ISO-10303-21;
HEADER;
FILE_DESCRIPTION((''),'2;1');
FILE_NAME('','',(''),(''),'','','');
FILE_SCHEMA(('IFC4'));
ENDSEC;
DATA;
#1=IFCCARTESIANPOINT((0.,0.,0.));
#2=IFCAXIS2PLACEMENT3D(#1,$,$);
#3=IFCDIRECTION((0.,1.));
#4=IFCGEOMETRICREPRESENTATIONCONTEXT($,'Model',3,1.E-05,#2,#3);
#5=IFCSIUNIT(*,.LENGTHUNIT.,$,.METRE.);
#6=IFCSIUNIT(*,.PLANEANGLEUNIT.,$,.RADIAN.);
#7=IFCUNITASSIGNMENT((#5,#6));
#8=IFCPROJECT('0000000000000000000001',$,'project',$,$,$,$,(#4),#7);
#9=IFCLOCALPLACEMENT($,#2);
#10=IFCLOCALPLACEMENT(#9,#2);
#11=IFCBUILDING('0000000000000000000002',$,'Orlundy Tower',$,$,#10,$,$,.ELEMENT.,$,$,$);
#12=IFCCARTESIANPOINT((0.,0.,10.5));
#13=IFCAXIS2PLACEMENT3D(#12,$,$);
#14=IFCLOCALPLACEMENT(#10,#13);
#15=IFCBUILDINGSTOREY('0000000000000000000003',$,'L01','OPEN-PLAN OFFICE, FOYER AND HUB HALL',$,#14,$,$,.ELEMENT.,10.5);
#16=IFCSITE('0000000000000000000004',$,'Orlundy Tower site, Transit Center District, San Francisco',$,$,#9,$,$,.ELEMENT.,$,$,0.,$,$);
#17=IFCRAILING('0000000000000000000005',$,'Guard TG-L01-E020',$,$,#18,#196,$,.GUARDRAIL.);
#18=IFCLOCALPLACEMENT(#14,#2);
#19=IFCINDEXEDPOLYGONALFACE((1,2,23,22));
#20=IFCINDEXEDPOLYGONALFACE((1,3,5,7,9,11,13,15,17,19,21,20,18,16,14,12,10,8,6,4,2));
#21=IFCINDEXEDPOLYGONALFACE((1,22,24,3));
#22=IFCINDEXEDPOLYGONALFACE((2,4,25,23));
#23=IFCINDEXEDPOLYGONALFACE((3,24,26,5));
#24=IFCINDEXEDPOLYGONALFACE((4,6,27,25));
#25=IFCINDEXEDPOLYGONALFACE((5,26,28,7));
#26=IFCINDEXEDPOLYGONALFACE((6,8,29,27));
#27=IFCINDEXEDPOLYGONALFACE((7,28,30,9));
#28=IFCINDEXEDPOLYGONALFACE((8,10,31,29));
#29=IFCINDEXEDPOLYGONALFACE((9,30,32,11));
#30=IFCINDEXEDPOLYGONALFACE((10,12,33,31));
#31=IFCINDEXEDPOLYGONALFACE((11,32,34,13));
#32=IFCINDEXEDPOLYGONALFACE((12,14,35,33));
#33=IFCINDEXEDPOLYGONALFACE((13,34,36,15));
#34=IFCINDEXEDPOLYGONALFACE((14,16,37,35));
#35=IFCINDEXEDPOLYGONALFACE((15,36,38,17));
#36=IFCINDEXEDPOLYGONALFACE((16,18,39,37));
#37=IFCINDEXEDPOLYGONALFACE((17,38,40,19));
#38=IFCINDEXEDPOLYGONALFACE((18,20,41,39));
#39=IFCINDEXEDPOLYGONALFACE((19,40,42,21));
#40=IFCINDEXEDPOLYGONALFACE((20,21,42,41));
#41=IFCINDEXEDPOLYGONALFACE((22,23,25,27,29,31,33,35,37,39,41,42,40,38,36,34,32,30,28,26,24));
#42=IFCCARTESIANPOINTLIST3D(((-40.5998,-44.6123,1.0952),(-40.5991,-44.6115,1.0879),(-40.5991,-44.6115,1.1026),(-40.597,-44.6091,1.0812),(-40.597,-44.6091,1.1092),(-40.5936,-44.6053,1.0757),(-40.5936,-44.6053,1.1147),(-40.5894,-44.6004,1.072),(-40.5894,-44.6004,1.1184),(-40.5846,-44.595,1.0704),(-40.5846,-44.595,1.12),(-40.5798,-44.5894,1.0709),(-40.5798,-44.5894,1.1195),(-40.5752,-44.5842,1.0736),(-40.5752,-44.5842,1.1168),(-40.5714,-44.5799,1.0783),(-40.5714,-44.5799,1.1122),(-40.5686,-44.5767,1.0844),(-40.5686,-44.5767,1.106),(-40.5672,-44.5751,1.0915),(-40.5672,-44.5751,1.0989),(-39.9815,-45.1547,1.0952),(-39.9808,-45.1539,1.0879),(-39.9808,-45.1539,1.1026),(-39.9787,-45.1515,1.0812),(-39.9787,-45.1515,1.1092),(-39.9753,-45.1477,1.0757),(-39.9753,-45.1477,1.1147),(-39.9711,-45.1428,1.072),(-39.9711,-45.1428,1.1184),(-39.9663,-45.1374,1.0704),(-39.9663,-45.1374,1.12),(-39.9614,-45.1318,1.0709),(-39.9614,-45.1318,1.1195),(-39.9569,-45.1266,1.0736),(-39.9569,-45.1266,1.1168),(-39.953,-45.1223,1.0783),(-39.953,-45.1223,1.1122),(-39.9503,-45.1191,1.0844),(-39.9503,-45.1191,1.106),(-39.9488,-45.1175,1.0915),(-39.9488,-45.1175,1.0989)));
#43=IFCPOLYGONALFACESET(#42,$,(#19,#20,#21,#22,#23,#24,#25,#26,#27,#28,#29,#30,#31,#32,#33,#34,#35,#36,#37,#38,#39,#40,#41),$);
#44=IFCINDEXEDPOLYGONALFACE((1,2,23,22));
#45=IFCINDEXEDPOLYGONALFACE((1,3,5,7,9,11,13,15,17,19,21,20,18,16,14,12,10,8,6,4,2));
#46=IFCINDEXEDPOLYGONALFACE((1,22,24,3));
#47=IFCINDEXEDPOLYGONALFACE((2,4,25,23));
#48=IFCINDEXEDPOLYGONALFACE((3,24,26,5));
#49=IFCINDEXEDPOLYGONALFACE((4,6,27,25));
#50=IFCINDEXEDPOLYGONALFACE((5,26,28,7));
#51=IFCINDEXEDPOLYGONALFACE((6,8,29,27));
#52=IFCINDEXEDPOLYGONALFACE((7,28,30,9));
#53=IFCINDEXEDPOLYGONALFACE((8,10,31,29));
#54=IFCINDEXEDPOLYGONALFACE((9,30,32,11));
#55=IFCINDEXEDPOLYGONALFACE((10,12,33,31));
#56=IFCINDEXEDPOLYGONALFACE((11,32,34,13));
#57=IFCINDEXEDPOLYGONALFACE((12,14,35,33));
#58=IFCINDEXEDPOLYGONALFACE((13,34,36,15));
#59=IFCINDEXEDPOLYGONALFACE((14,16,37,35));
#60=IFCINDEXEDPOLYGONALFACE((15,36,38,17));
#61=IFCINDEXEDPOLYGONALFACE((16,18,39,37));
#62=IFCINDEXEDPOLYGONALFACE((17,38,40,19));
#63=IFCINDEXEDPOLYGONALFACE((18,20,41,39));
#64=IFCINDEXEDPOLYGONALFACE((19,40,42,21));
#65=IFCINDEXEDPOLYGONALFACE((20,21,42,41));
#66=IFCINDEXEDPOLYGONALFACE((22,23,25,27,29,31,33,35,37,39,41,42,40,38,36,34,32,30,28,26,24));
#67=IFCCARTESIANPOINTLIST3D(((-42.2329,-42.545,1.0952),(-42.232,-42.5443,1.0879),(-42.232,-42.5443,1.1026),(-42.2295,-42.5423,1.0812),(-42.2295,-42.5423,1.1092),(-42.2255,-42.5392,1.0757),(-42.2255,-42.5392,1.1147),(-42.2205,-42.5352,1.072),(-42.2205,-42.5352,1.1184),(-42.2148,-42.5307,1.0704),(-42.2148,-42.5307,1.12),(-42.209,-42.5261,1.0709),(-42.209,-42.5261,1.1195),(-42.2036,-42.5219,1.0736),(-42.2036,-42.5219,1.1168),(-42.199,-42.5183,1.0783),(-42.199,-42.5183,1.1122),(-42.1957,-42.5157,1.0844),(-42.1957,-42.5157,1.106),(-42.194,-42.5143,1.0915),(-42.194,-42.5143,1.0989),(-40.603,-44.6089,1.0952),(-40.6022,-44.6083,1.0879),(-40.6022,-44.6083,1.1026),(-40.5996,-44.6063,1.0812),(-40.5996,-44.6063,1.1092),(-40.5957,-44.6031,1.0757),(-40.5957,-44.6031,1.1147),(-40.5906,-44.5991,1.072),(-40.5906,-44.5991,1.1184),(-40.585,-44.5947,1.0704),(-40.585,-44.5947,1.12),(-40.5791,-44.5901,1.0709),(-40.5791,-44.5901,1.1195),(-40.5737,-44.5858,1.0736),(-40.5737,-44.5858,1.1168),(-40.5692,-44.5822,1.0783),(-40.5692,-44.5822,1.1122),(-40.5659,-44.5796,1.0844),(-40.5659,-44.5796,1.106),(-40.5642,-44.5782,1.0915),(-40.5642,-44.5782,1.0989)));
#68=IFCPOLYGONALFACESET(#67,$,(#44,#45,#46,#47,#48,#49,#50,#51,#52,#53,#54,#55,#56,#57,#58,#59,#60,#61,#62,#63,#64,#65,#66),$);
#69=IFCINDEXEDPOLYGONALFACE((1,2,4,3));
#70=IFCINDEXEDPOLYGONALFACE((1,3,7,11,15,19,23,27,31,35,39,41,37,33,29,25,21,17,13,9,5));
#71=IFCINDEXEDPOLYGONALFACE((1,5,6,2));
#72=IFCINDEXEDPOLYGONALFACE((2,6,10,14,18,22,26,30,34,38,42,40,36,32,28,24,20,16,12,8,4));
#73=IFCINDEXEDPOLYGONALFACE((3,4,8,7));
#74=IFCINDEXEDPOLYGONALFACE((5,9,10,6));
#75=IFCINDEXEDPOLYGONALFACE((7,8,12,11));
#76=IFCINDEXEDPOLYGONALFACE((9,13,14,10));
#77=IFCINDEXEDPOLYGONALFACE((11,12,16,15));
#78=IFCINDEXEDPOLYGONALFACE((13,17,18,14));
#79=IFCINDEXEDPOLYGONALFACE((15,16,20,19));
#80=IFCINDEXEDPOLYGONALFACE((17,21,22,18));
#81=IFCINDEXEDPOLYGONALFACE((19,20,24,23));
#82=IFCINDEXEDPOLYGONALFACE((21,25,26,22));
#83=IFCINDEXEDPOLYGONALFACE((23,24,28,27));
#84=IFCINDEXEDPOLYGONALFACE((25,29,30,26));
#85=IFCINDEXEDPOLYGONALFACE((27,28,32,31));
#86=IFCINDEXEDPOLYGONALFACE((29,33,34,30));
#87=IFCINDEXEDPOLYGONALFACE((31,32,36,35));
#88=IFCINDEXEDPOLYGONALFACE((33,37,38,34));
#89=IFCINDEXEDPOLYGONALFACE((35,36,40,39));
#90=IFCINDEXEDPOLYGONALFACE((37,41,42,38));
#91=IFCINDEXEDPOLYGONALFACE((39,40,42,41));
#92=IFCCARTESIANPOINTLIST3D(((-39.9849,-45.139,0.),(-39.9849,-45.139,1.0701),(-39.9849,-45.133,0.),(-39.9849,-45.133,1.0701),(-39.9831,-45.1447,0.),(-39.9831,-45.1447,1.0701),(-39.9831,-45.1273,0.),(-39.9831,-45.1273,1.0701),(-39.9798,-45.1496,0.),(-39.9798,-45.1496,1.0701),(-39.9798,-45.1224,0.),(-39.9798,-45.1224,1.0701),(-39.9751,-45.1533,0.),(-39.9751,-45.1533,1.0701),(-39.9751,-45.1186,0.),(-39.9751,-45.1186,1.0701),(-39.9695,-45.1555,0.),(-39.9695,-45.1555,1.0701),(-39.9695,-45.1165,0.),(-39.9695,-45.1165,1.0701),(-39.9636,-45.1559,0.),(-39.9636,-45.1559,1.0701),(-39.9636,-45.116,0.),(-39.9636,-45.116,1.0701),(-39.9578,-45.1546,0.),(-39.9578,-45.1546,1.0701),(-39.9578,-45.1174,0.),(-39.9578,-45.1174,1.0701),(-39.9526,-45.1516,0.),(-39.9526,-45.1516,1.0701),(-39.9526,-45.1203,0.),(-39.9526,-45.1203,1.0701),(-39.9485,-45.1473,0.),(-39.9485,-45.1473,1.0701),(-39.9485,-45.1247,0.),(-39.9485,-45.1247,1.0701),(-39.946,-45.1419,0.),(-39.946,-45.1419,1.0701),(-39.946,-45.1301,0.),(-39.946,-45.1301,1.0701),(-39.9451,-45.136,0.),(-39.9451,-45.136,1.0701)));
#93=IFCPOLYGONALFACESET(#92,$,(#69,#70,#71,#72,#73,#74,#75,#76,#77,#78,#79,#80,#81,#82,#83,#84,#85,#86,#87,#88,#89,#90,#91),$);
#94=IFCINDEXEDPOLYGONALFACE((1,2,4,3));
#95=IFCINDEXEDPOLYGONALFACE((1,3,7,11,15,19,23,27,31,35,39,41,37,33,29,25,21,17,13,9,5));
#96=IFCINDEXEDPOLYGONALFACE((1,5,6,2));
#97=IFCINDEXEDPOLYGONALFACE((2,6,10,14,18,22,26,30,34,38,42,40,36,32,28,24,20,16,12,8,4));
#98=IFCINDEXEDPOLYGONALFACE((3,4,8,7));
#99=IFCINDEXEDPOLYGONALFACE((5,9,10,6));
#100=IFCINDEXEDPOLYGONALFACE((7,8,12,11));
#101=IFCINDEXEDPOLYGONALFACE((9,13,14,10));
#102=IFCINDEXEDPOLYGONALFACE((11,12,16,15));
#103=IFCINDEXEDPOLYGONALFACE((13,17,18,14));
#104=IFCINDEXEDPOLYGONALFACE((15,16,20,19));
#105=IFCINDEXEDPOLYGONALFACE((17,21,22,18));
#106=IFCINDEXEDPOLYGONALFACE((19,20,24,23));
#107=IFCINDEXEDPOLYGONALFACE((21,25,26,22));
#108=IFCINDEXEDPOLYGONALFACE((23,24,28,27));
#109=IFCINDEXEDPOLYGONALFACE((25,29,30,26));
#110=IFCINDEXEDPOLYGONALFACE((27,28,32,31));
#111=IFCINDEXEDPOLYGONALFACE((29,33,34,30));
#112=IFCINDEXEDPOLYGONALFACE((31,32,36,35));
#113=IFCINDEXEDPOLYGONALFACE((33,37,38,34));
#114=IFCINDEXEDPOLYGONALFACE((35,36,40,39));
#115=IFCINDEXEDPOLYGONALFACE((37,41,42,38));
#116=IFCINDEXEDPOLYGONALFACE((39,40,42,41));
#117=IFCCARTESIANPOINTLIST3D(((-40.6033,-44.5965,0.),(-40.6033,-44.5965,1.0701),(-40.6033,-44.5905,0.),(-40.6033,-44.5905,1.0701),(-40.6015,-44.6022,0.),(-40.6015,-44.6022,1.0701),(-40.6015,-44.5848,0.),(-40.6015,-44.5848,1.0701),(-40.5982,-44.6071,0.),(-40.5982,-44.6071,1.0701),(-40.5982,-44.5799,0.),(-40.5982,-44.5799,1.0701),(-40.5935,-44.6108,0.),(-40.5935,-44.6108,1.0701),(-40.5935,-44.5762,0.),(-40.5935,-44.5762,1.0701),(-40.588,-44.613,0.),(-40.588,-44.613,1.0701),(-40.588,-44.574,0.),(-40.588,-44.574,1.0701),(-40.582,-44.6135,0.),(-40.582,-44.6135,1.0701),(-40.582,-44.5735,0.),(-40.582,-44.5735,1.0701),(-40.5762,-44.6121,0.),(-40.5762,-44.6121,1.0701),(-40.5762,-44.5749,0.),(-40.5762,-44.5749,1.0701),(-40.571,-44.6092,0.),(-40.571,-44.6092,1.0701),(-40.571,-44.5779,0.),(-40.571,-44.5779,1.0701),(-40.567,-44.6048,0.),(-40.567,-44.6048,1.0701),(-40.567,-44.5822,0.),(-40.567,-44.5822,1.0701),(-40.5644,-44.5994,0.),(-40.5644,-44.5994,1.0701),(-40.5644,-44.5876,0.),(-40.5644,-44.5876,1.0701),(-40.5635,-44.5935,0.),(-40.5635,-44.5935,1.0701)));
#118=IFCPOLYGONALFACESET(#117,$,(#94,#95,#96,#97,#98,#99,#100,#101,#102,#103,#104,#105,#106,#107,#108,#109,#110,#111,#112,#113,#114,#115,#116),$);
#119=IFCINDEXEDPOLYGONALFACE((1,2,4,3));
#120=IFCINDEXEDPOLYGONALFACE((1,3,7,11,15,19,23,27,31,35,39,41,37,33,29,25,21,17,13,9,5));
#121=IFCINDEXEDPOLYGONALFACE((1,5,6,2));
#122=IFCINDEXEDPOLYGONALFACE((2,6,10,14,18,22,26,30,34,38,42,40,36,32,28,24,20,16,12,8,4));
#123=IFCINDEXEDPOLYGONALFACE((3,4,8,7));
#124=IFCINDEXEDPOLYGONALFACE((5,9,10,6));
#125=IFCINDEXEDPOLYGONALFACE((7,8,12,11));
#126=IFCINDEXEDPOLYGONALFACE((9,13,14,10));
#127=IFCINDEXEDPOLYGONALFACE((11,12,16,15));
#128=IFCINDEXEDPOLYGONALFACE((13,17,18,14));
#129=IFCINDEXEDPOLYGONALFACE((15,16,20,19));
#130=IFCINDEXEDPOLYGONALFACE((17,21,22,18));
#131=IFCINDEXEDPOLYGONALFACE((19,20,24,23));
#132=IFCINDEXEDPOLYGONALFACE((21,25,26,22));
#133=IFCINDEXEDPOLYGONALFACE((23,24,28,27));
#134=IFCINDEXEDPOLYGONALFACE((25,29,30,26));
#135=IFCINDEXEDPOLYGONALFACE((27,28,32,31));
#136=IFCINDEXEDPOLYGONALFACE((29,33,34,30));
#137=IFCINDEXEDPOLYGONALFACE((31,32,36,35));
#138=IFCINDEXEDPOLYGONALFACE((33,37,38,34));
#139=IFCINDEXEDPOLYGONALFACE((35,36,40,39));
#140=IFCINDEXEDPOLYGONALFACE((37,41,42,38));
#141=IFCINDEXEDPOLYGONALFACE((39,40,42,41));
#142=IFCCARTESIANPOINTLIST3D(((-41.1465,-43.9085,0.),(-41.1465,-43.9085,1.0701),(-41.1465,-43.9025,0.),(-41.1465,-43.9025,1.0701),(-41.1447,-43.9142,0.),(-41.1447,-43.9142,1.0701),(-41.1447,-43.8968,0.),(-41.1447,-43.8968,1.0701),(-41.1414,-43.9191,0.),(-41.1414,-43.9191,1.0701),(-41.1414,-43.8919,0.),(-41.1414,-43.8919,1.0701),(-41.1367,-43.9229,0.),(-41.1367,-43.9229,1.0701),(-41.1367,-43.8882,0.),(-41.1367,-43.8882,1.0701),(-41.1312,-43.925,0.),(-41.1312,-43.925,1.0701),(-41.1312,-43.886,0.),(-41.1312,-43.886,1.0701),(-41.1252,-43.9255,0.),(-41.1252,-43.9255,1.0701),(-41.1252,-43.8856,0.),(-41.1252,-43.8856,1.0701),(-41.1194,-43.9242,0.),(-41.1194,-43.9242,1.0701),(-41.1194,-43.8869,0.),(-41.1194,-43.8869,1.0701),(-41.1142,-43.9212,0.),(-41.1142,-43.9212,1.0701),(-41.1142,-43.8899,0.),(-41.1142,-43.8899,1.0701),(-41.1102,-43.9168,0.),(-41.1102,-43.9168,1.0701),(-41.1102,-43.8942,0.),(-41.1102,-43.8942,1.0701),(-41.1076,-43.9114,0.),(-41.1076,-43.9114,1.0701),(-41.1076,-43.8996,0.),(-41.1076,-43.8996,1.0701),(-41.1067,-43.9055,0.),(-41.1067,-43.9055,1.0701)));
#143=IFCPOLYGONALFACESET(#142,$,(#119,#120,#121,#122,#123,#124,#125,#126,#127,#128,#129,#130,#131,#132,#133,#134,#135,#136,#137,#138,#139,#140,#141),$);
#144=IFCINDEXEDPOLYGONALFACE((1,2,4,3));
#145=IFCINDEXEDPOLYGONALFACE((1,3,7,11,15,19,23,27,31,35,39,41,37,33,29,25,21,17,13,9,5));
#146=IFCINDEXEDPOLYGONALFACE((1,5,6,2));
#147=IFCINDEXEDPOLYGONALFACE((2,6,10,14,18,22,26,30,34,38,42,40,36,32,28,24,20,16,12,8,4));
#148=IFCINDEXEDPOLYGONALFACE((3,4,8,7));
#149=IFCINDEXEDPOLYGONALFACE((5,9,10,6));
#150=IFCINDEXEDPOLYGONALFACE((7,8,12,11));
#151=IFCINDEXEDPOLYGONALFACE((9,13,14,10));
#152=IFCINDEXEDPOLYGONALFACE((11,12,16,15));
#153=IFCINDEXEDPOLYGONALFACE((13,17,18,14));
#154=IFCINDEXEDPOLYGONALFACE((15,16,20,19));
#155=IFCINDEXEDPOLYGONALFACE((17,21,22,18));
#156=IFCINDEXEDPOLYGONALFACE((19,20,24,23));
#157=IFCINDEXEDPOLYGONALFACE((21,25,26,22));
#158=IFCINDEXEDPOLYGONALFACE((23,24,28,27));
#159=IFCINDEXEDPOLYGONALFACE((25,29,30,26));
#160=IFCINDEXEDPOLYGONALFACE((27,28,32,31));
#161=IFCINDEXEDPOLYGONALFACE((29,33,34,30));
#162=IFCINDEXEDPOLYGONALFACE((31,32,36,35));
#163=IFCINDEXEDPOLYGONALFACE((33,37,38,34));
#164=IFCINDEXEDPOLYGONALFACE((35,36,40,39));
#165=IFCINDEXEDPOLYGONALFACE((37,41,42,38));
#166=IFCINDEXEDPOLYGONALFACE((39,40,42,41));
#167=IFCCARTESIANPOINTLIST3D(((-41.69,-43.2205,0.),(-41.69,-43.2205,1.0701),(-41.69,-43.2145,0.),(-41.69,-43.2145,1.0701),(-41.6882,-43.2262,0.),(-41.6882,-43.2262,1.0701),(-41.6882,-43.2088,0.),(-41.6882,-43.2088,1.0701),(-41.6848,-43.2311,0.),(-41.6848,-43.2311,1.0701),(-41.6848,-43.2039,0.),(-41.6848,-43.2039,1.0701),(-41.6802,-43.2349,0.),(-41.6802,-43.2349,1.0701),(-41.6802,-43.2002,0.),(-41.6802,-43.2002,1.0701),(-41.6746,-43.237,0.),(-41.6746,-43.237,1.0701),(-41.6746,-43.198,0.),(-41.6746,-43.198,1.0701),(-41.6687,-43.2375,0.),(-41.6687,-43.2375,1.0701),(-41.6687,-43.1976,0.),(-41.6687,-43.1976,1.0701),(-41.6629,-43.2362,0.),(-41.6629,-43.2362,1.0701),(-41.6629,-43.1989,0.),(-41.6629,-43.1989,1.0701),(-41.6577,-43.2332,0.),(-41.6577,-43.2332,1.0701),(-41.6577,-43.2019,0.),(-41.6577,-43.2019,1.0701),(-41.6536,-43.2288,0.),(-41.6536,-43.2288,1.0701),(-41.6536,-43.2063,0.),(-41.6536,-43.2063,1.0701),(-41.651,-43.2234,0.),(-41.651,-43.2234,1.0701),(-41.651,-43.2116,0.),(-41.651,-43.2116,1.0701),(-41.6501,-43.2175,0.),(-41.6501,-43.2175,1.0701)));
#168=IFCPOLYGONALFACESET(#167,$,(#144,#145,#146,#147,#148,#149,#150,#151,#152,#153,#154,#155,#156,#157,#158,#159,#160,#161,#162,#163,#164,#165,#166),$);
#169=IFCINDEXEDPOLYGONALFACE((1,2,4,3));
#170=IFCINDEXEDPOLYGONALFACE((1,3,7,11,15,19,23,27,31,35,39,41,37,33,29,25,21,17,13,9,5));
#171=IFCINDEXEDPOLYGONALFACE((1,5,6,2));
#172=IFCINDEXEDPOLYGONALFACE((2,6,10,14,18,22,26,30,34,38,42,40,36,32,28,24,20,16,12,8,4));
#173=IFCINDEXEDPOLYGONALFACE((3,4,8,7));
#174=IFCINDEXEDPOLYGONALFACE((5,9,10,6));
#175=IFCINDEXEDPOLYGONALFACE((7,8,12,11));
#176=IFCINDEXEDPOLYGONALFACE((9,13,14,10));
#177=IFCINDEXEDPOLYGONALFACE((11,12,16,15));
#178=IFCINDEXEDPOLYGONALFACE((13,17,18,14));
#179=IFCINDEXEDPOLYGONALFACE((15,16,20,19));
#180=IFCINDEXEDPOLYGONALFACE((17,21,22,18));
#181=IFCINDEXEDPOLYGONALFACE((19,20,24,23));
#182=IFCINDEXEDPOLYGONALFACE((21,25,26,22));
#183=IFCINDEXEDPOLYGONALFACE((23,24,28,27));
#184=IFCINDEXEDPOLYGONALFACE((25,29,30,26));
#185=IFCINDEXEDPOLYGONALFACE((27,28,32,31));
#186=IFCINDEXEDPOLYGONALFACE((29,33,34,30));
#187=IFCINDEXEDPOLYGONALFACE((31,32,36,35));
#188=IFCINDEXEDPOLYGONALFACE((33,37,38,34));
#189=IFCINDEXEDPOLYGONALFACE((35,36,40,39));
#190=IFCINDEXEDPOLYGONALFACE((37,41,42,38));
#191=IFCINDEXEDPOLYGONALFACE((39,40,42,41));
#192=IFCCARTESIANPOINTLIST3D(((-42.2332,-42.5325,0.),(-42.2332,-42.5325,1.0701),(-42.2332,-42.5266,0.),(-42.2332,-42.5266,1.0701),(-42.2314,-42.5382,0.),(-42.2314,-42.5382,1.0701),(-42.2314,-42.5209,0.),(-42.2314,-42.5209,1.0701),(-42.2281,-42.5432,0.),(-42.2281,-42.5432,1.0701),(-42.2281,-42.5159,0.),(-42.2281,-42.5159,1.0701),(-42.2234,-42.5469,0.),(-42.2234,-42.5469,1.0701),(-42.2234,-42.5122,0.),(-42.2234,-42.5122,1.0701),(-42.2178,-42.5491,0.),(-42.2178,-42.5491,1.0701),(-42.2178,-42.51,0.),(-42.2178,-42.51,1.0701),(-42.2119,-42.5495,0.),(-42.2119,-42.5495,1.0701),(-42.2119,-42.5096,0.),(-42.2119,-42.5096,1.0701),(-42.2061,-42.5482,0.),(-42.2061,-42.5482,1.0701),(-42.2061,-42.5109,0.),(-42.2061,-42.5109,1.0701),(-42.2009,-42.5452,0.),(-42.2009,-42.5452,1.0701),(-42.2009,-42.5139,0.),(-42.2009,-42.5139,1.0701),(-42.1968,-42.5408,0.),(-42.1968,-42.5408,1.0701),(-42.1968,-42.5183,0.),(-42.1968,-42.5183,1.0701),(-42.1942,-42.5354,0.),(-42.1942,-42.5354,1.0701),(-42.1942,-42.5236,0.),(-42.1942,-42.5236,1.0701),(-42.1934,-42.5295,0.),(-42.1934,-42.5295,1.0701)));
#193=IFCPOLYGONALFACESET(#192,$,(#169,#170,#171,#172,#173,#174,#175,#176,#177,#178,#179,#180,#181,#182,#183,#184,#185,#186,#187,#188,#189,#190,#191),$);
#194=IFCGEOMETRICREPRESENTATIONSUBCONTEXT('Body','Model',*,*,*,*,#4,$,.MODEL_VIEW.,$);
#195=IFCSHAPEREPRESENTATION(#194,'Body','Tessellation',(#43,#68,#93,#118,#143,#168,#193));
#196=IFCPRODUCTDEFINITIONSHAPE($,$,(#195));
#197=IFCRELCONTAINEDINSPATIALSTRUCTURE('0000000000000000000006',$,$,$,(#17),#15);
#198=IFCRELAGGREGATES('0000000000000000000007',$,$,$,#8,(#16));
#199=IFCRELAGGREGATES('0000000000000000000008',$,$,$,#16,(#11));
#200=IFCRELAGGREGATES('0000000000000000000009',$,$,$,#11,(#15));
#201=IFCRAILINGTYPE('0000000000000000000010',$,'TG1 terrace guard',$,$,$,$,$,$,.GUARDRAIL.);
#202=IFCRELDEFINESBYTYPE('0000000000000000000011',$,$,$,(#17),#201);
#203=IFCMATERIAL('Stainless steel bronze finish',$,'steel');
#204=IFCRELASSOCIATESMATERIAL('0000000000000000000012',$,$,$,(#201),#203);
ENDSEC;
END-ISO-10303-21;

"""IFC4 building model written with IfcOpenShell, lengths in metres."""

from ifc_helpers import new_model, si_unit, direction, frame, origin, origin_2d, place, context, subcontext, project, spatial, circle, extrude, material, type_object, element, save


model = new_model("IFC4")

# Units and contexts
model_context = context("Model", 3, precision=1e-05, world=origin(), true_north=direction((0.0, 1.0)))
body_context = subcontext(model_context, "Body", "Model", "MODEL_VIEW")
ifc_project = project(units=[si_unit("LENGTHUNIT", "METRE"), si_unit("PLANEANGLEUNIT", "RADIAN")], contexts=[model_context])

# Site, building, storey
site_placement = place(None, origin())
site = spatial("IfcSite", under=ifc_project, at=site_placement, Name="Orlundy Tower site, Transit Center District, San Francisco", CompositionType="ELEMENT", RefElevation=0.0)
building_placement = place(site_placement, origin())
building = spatial("IfcBuilding", under=site, at=building_placement, Name="Orlundy Tower", CompositionType="ELEMENT")
storey_placement = place(building_placement, frame((0.0, 0.0, 10.5)))
storey = spatial("IfcBuildingStorey", under=building, at=storey_placement, Name="L01", Description="OPEN-PLAN OFFICE, FOYER AND HUB HALL", CompositionType="ELEMENT", Elevation=10.5)

# Railing
ifc_material_1 = material(Name="Stainless steel bronze finish", Category="steel")
railing_type = type_object("IfcRailingType", Name="TG1 terrace guard", PredefinedType="GUARDRAIL", material=ifc_material_1)
railing_placement = place(storey_placement, frame((-39.9651, -45.136, 0.0)))
element("IfcRailing", 1, at=railing_placement, inside=storey, type_object=railing_type, Name="Guard TG-L01-E020", PredefinedType="GUARDRAIL", context=body_context, shape_type="SweptSolid", body=[
    extrude(circle(Radius=0.0249, at=origin_2d()), frame((0.0, 0.0, 1.0952), z_axis=(-0.751749, 0.65945, 0.0), x_axis=(-0.65945, -0.751749, 0.0)), (0.0, 0.0, 1.0), 0.8225),
    extrude(circle(Radius=0.0249, at=origin_2d()), frame((-0.6184, 0.5425, 1.0952), z_axis=(-0.619747, 0.784802, 0.0), x_axis=(-0.784802, -0.619747, 0.0)), (0.0, 0.0, 1.0), 2.6299),
    extrude(circle(Radius=0.02, at=origin_2d()), origin(), (0.0, 0.0, 1.0), 1.0701),
    extrude(circle(Radius=0.02, at=origin_2d()), frame((-0.6184, 0.5425, 0.0)), (0.0, 0.0, 1.0), 1.0701),
    extrude(circle(Radius=0.02, at=origin_2d()), frame((-1.1616, 1.2305, 0.0)), (0.0, 0.0, 1.0), 1.0701),
    extrude(circle(Radius=0.02, at=origin_2d()), frame((-1.7051, 1.9185, 0.0)), (0.0, 0.0, 1.0), 1.0701),
    extrude(circle(Radius=0.02, at=origin_2d()), frame((-2.2483, 2.6064, 0.0)), (0.0, 0.0, 1.0), 1.0701),
])

save(model, "model.ifc")
